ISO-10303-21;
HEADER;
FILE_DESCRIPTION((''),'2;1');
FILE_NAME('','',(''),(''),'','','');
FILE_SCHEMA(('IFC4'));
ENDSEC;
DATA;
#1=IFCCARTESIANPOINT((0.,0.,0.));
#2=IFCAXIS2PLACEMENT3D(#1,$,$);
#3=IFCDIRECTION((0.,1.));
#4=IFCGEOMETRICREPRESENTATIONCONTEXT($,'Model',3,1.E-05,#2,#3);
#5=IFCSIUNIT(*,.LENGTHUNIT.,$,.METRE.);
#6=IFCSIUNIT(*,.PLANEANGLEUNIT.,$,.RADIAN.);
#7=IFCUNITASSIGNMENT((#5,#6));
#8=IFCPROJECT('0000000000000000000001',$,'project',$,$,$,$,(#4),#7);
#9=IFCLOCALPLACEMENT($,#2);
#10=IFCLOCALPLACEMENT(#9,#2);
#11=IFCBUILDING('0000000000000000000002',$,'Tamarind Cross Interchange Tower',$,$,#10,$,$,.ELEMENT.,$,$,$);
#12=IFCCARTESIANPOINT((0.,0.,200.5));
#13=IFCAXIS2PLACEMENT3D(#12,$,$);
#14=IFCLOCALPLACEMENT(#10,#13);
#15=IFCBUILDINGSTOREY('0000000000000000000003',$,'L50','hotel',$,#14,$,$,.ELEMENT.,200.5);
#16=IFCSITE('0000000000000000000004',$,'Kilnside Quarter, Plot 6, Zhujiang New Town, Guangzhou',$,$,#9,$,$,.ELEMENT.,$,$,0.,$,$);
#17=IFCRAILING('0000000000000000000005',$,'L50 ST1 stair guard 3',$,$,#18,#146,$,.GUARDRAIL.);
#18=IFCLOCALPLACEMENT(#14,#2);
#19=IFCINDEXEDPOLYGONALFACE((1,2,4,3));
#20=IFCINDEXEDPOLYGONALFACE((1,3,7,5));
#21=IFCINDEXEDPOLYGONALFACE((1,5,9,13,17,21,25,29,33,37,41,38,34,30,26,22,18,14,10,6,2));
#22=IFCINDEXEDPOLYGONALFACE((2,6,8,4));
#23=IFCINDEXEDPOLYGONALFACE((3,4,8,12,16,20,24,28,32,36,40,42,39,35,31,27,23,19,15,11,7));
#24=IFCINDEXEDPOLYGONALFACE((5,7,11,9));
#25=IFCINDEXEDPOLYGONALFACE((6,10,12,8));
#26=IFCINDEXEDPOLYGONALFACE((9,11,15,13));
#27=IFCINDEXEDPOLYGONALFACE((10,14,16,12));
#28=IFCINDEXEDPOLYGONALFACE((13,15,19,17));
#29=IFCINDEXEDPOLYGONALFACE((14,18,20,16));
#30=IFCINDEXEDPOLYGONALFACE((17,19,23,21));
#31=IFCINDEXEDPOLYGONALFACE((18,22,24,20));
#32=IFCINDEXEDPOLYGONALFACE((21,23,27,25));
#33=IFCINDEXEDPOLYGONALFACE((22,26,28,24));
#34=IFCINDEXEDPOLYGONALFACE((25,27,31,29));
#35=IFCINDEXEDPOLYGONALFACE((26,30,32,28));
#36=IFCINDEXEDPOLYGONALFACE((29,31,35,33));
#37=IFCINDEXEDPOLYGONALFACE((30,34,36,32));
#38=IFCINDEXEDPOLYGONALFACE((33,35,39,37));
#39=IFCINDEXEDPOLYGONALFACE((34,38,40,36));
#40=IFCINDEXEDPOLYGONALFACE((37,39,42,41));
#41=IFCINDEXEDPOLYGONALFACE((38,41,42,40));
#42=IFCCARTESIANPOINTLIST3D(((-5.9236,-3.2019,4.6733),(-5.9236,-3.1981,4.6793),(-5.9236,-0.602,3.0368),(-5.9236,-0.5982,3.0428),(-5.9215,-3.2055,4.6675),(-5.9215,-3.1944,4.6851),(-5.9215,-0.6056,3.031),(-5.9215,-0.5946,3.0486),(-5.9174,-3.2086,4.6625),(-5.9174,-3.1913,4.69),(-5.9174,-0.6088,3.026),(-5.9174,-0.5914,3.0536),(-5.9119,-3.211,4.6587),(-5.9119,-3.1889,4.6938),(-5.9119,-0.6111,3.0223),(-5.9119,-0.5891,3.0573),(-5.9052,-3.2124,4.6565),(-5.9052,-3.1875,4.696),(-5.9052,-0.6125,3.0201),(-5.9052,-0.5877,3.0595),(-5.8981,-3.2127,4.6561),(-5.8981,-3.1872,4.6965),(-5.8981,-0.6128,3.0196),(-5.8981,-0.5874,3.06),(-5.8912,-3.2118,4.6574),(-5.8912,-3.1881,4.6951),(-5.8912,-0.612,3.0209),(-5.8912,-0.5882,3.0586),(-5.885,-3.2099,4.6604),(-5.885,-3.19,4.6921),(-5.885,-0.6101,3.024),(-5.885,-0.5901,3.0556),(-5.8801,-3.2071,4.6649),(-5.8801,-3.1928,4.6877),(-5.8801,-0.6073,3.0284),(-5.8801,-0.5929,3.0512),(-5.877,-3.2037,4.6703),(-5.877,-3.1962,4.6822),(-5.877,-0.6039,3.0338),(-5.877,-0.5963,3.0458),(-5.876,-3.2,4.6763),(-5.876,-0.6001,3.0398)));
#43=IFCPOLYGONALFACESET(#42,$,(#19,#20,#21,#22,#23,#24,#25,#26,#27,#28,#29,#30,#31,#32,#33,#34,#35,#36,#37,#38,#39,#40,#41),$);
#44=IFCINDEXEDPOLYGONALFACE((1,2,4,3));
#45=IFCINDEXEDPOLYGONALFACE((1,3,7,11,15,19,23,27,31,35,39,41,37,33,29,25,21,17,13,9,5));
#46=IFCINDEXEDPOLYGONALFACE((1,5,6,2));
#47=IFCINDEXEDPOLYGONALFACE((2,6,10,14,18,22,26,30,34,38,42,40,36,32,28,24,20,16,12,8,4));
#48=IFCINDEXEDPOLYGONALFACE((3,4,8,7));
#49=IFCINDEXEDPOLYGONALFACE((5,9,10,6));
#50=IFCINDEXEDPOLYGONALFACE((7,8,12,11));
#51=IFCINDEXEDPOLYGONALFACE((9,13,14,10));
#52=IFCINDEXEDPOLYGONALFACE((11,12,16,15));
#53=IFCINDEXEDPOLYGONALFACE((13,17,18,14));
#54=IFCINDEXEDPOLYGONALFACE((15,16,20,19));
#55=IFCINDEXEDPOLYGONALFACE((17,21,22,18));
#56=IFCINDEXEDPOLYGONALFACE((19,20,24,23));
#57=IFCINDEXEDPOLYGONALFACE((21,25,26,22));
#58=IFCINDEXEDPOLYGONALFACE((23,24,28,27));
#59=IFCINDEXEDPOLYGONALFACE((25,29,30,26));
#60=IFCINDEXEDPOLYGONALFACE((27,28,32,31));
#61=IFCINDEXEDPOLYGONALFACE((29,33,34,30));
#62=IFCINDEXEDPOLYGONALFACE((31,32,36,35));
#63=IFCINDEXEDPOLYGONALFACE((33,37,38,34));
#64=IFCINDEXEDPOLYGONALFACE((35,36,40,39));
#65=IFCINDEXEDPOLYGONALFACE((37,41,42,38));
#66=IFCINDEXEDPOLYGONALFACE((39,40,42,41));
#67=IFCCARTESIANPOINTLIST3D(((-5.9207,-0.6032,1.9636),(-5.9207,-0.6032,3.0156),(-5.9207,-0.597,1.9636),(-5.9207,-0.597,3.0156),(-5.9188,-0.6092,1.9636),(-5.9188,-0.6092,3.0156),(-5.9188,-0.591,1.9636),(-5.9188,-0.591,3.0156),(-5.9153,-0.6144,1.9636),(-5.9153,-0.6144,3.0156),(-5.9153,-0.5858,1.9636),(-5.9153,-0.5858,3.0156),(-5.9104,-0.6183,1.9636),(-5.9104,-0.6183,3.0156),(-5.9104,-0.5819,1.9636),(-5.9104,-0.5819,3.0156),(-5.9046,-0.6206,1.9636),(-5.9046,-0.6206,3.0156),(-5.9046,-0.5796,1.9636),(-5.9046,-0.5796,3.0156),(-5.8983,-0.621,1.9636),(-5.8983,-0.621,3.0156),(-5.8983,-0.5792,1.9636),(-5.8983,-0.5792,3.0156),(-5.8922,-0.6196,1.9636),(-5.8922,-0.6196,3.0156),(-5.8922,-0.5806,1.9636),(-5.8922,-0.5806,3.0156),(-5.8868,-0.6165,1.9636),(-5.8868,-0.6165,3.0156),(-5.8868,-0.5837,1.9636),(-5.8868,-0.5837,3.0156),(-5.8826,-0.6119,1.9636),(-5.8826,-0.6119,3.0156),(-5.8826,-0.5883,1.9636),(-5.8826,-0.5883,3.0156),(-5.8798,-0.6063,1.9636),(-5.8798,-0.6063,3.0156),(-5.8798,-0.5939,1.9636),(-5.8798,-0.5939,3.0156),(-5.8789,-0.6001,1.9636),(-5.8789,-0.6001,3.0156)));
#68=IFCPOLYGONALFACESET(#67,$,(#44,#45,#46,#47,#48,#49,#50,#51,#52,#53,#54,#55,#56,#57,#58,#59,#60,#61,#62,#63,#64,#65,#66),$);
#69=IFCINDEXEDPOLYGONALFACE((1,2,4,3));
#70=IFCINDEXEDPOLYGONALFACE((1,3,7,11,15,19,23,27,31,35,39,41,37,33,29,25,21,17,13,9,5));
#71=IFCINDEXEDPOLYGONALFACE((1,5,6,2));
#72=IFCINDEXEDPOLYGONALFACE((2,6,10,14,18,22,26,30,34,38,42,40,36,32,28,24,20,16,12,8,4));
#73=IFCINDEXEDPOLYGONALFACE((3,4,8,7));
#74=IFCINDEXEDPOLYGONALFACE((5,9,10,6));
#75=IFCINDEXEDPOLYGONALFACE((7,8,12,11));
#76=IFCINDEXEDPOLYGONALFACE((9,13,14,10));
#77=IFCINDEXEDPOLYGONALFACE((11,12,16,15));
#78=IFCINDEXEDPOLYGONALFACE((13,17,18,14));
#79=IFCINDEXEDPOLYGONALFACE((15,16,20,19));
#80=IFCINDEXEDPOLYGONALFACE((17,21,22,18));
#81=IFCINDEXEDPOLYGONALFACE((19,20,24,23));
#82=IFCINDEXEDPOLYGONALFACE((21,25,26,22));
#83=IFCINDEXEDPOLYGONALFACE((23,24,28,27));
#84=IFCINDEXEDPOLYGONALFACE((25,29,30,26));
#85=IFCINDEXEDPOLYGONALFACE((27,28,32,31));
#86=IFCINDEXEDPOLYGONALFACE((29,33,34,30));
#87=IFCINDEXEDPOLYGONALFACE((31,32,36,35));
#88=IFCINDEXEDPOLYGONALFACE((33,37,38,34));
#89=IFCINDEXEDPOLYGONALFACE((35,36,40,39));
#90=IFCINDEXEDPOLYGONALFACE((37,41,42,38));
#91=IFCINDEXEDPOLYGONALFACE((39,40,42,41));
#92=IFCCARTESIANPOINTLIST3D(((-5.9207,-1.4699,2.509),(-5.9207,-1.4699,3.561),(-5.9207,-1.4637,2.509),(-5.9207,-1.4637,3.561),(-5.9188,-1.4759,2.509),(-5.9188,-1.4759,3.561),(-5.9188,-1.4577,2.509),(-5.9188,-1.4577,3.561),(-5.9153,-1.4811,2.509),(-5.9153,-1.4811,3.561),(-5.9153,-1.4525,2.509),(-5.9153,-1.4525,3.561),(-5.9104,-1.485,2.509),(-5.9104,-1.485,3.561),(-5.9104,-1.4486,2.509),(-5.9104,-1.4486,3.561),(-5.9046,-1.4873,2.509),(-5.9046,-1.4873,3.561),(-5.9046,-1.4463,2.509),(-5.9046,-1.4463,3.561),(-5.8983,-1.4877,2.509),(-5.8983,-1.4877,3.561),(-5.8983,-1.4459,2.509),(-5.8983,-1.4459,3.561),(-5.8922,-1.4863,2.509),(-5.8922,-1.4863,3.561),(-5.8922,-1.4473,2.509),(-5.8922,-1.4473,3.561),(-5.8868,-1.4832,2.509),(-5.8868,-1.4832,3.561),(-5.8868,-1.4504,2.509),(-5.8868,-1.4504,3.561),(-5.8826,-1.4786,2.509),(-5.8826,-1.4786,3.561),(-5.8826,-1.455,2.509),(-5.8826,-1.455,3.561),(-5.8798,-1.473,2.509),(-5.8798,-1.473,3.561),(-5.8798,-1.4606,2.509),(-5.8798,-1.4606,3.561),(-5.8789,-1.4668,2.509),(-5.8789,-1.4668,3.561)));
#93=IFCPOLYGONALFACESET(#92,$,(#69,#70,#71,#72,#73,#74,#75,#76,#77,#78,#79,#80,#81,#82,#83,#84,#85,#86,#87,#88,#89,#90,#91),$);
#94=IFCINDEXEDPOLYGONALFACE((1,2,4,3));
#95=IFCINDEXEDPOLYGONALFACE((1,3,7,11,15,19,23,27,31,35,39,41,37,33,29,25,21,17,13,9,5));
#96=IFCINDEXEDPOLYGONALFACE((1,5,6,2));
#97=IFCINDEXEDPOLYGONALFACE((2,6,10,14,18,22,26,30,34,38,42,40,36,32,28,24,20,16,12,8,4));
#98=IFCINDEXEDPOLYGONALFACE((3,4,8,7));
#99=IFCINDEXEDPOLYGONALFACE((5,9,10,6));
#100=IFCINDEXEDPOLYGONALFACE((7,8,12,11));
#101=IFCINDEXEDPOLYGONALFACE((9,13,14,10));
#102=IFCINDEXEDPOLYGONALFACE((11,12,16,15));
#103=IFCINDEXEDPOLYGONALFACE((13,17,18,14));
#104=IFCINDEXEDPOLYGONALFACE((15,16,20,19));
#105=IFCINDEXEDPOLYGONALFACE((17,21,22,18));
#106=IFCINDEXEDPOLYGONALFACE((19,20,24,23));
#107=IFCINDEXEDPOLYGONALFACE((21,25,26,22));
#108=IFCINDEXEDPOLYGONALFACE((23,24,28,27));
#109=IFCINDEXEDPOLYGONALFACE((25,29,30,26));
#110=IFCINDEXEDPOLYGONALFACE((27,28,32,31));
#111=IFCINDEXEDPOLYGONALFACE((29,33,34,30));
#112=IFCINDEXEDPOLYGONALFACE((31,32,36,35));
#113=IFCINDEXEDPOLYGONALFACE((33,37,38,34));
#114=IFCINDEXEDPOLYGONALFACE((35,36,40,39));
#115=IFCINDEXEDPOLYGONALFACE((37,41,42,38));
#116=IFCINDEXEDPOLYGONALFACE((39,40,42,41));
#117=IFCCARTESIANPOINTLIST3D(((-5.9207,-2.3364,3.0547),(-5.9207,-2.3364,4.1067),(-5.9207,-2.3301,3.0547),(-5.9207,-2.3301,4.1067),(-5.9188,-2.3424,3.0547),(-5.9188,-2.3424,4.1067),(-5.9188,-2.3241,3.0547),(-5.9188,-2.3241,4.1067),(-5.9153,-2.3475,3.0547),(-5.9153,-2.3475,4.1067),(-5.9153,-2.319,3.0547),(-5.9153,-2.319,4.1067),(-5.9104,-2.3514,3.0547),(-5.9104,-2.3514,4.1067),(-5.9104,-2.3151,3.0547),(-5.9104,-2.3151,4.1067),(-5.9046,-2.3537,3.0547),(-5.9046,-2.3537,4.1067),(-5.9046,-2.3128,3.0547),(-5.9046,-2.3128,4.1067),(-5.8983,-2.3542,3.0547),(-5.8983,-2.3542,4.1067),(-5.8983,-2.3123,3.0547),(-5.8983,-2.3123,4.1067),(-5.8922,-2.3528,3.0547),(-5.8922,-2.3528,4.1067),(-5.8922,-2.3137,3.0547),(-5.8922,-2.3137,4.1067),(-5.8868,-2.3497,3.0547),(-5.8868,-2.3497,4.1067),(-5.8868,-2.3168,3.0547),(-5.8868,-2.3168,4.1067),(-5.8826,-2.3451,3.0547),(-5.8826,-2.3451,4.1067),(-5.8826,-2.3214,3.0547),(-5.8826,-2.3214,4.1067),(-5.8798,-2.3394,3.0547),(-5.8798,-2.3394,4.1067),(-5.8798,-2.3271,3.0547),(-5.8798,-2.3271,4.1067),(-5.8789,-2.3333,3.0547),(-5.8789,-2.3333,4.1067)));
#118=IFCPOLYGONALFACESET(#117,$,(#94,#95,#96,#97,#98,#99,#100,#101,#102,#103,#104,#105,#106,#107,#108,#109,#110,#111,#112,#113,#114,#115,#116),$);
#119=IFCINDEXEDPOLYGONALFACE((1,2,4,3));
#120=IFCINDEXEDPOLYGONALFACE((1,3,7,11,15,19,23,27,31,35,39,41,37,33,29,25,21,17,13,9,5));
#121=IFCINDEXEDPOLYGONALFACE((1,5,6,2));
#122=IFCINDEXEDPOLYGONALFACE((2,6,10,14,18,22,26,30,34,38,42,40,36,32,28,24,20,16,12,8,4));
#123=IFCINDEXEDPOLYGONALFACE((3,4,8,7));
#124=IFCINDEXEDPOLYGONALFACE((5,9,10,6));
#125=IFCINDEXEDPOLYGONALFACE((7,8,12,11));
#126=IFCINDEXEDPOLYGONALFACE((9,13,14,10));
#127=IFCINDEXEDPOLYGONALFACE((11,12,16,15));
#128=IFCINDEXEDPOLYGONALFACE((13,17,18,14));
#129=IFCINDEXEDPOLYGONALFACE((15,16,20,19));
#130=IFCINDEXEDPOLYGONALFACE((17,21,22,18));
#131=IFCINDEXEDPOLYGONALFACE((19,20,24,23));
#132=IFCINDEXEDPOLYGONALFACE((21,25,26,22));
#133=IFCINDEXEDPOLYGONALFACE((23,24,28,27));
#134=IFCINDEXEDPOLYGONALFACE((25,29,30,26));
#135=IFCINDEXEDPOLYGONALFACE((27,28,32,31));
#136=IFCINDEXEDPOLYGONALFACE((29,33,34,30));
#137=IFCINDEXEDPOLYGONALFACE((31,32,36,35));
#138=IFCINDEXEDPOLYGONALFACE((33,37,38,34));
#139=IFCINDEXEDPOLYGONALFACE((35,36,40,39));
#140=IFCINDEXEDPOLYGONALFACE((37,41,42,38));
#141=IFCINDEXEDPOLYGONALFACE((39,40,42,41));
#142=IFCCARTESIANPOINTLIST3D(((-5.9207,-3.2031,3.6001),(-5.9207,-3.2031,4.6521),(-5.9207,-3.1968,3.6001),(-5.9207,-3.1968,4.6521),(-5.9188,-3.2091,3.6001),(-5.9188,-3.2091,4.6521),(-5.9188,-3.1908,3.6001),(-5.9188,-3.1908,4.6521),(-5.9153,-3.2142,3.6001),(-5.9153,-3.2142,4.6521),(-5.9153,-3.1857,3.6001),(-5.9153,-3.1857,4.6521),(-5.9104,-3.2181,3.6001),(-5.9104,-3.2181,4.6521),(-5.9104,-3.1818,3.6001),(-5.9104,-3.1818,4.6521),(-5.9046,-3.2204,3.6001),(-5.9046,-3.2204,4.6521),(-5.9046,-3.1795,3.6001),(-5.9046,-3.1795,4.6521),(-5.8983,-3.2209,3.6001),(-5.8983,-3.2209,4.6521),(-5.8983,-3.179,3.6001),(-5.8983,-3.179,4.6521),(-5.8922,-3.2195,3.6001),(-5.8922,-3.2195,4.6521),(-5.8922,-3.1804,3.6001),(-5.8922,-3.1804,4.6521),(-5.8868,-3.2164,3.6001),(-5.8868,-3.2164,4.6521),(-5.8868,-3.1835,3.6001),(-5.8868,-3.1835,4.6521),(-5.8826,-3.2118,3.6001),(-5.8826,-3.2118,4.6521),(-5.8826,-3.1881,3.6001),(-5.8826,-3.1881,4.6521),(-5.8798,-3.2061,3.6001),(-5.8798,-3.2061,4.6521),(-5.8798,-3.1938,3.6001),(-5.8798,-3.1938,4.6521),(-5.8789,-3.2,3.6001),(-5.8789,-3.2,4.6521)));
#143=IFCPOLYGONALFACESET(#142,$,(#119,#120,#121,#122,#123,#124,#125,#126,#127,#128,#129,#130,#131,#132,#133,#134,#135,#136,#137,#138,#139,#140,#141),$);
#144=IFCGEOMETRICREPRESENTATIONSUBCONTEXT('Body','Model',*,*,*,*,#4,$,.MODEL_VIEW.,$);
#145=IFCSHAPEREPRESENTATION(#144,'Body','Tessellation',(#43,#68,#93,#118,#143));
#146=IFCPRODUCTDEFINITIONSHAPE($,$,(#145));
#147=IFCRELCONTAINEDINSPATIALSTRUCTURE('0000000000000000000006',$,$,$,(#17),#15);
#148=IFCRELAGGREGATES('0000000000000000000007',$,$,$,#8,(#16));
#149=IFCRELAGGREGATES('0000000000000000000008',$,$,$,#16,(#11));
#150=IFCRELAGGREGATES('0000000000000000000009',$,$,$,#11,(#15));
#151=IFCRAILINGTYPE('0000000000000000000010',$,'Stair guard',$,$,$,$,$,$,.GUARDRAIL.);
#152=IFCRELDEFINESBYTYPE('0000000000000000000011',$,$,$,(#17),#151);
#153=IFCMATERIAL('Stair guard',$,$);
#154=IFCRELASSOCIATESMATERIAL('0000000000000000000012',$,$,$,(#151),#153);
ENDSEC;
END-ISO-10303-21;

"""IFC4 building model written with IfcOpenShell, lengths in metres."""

from ifc_helpers import new_model, si_unit, direction, frame, origin, origin_2d, place, context, subcontext, project, spatial, circle, extrude, material, type_object, element, save


model = new_model("IFC4")

# Units and contexts
model_context = context("Model", 3, precision=1e-05, world=origin(), true_north=direction((0.0, 1.0)))
body_context = subcontext(model_context, "Body", "Model", "MODEL_VIEW")
ifc_project = project(units=[si_unit("LENGTHUNIT", "METRE"), si_unit("PLANEANGLEUNIT", "RADIAN")], contexts=[model_context])

# Site, building, storey
site_placement = place(None, origin())
site = spatial("IfcSite", under=ifc_project, at=site_placement, Name="Kilnside Quarter, Plot 6, Zhujiang New Town, Guangzhou", CompositionType="ELEMENT", RefElevation=0.0)
building_placement = place(site_placement, origin())
building = spatial("IfcBuilding", under=site, at=building_placement, Name="Tamarind Cross Interchange Tower", CompositionType="ELEMENT")
storey_placement = place(building_placement, frame((0.0, 0.0, 200.5)))
storey = spatial("IfcBuildingStorey", under=building, at=storey_placement, Name="L50", Description="hotel", CompositionType="ELEMENT", Elevation=200.5)

# Railing
ifc_material_1 = material(Name="Stair guard")
railing_type_1 = type_object("IfcRailingType", Name="Stair guard", PredefinedType="GUARDRAIL", material=ifc_material_1)
railing_1_placement = place(storey_placement, frame((-5.8999, -0.6001, 1.9636)))
element("IfcRailing", 1, at=railing_1_placement, inside=storey, type_object=railing_type_1, Name="L50 ST1 stair guard 3", PredefinedType="GUARDRAIL", context=body_context, shape_type="SweptSolid", body=[
    extrude(circle(Radius=0.0239, at=origin_2d()), frame((0.0, 0.0, 1.0762), z_axis=(0.0, -0.846302, 0.532704), x_axis=(1.0, 0.0, 0.0)), (0.0, 0.0, 1.0), 3.072),
    extrude(circle(Radius=0.021, at=origin_2d()), origin(), (0.0, 0.0, 1.0), 1.052),
    extrude(circle(Radius=0.021, at=origin_2d()), frame((0.0, -0.8667, 0.5454)), (0.0, 0.0, 1.0), 1.052),
    extrude(circle(Radius=0.021, at=origin_2d()), frame((0.0, -1.7332, 1.0911)), (0.0, 0.0, 1.0), 1.052),
    extrude(circle(Radius=0.021, at=origin_2d()), frame((0.0, -2.5999, 1.6365)), (0.0, 0.0, 1.0), 1.052),
])

save(model, "model.ifc")
